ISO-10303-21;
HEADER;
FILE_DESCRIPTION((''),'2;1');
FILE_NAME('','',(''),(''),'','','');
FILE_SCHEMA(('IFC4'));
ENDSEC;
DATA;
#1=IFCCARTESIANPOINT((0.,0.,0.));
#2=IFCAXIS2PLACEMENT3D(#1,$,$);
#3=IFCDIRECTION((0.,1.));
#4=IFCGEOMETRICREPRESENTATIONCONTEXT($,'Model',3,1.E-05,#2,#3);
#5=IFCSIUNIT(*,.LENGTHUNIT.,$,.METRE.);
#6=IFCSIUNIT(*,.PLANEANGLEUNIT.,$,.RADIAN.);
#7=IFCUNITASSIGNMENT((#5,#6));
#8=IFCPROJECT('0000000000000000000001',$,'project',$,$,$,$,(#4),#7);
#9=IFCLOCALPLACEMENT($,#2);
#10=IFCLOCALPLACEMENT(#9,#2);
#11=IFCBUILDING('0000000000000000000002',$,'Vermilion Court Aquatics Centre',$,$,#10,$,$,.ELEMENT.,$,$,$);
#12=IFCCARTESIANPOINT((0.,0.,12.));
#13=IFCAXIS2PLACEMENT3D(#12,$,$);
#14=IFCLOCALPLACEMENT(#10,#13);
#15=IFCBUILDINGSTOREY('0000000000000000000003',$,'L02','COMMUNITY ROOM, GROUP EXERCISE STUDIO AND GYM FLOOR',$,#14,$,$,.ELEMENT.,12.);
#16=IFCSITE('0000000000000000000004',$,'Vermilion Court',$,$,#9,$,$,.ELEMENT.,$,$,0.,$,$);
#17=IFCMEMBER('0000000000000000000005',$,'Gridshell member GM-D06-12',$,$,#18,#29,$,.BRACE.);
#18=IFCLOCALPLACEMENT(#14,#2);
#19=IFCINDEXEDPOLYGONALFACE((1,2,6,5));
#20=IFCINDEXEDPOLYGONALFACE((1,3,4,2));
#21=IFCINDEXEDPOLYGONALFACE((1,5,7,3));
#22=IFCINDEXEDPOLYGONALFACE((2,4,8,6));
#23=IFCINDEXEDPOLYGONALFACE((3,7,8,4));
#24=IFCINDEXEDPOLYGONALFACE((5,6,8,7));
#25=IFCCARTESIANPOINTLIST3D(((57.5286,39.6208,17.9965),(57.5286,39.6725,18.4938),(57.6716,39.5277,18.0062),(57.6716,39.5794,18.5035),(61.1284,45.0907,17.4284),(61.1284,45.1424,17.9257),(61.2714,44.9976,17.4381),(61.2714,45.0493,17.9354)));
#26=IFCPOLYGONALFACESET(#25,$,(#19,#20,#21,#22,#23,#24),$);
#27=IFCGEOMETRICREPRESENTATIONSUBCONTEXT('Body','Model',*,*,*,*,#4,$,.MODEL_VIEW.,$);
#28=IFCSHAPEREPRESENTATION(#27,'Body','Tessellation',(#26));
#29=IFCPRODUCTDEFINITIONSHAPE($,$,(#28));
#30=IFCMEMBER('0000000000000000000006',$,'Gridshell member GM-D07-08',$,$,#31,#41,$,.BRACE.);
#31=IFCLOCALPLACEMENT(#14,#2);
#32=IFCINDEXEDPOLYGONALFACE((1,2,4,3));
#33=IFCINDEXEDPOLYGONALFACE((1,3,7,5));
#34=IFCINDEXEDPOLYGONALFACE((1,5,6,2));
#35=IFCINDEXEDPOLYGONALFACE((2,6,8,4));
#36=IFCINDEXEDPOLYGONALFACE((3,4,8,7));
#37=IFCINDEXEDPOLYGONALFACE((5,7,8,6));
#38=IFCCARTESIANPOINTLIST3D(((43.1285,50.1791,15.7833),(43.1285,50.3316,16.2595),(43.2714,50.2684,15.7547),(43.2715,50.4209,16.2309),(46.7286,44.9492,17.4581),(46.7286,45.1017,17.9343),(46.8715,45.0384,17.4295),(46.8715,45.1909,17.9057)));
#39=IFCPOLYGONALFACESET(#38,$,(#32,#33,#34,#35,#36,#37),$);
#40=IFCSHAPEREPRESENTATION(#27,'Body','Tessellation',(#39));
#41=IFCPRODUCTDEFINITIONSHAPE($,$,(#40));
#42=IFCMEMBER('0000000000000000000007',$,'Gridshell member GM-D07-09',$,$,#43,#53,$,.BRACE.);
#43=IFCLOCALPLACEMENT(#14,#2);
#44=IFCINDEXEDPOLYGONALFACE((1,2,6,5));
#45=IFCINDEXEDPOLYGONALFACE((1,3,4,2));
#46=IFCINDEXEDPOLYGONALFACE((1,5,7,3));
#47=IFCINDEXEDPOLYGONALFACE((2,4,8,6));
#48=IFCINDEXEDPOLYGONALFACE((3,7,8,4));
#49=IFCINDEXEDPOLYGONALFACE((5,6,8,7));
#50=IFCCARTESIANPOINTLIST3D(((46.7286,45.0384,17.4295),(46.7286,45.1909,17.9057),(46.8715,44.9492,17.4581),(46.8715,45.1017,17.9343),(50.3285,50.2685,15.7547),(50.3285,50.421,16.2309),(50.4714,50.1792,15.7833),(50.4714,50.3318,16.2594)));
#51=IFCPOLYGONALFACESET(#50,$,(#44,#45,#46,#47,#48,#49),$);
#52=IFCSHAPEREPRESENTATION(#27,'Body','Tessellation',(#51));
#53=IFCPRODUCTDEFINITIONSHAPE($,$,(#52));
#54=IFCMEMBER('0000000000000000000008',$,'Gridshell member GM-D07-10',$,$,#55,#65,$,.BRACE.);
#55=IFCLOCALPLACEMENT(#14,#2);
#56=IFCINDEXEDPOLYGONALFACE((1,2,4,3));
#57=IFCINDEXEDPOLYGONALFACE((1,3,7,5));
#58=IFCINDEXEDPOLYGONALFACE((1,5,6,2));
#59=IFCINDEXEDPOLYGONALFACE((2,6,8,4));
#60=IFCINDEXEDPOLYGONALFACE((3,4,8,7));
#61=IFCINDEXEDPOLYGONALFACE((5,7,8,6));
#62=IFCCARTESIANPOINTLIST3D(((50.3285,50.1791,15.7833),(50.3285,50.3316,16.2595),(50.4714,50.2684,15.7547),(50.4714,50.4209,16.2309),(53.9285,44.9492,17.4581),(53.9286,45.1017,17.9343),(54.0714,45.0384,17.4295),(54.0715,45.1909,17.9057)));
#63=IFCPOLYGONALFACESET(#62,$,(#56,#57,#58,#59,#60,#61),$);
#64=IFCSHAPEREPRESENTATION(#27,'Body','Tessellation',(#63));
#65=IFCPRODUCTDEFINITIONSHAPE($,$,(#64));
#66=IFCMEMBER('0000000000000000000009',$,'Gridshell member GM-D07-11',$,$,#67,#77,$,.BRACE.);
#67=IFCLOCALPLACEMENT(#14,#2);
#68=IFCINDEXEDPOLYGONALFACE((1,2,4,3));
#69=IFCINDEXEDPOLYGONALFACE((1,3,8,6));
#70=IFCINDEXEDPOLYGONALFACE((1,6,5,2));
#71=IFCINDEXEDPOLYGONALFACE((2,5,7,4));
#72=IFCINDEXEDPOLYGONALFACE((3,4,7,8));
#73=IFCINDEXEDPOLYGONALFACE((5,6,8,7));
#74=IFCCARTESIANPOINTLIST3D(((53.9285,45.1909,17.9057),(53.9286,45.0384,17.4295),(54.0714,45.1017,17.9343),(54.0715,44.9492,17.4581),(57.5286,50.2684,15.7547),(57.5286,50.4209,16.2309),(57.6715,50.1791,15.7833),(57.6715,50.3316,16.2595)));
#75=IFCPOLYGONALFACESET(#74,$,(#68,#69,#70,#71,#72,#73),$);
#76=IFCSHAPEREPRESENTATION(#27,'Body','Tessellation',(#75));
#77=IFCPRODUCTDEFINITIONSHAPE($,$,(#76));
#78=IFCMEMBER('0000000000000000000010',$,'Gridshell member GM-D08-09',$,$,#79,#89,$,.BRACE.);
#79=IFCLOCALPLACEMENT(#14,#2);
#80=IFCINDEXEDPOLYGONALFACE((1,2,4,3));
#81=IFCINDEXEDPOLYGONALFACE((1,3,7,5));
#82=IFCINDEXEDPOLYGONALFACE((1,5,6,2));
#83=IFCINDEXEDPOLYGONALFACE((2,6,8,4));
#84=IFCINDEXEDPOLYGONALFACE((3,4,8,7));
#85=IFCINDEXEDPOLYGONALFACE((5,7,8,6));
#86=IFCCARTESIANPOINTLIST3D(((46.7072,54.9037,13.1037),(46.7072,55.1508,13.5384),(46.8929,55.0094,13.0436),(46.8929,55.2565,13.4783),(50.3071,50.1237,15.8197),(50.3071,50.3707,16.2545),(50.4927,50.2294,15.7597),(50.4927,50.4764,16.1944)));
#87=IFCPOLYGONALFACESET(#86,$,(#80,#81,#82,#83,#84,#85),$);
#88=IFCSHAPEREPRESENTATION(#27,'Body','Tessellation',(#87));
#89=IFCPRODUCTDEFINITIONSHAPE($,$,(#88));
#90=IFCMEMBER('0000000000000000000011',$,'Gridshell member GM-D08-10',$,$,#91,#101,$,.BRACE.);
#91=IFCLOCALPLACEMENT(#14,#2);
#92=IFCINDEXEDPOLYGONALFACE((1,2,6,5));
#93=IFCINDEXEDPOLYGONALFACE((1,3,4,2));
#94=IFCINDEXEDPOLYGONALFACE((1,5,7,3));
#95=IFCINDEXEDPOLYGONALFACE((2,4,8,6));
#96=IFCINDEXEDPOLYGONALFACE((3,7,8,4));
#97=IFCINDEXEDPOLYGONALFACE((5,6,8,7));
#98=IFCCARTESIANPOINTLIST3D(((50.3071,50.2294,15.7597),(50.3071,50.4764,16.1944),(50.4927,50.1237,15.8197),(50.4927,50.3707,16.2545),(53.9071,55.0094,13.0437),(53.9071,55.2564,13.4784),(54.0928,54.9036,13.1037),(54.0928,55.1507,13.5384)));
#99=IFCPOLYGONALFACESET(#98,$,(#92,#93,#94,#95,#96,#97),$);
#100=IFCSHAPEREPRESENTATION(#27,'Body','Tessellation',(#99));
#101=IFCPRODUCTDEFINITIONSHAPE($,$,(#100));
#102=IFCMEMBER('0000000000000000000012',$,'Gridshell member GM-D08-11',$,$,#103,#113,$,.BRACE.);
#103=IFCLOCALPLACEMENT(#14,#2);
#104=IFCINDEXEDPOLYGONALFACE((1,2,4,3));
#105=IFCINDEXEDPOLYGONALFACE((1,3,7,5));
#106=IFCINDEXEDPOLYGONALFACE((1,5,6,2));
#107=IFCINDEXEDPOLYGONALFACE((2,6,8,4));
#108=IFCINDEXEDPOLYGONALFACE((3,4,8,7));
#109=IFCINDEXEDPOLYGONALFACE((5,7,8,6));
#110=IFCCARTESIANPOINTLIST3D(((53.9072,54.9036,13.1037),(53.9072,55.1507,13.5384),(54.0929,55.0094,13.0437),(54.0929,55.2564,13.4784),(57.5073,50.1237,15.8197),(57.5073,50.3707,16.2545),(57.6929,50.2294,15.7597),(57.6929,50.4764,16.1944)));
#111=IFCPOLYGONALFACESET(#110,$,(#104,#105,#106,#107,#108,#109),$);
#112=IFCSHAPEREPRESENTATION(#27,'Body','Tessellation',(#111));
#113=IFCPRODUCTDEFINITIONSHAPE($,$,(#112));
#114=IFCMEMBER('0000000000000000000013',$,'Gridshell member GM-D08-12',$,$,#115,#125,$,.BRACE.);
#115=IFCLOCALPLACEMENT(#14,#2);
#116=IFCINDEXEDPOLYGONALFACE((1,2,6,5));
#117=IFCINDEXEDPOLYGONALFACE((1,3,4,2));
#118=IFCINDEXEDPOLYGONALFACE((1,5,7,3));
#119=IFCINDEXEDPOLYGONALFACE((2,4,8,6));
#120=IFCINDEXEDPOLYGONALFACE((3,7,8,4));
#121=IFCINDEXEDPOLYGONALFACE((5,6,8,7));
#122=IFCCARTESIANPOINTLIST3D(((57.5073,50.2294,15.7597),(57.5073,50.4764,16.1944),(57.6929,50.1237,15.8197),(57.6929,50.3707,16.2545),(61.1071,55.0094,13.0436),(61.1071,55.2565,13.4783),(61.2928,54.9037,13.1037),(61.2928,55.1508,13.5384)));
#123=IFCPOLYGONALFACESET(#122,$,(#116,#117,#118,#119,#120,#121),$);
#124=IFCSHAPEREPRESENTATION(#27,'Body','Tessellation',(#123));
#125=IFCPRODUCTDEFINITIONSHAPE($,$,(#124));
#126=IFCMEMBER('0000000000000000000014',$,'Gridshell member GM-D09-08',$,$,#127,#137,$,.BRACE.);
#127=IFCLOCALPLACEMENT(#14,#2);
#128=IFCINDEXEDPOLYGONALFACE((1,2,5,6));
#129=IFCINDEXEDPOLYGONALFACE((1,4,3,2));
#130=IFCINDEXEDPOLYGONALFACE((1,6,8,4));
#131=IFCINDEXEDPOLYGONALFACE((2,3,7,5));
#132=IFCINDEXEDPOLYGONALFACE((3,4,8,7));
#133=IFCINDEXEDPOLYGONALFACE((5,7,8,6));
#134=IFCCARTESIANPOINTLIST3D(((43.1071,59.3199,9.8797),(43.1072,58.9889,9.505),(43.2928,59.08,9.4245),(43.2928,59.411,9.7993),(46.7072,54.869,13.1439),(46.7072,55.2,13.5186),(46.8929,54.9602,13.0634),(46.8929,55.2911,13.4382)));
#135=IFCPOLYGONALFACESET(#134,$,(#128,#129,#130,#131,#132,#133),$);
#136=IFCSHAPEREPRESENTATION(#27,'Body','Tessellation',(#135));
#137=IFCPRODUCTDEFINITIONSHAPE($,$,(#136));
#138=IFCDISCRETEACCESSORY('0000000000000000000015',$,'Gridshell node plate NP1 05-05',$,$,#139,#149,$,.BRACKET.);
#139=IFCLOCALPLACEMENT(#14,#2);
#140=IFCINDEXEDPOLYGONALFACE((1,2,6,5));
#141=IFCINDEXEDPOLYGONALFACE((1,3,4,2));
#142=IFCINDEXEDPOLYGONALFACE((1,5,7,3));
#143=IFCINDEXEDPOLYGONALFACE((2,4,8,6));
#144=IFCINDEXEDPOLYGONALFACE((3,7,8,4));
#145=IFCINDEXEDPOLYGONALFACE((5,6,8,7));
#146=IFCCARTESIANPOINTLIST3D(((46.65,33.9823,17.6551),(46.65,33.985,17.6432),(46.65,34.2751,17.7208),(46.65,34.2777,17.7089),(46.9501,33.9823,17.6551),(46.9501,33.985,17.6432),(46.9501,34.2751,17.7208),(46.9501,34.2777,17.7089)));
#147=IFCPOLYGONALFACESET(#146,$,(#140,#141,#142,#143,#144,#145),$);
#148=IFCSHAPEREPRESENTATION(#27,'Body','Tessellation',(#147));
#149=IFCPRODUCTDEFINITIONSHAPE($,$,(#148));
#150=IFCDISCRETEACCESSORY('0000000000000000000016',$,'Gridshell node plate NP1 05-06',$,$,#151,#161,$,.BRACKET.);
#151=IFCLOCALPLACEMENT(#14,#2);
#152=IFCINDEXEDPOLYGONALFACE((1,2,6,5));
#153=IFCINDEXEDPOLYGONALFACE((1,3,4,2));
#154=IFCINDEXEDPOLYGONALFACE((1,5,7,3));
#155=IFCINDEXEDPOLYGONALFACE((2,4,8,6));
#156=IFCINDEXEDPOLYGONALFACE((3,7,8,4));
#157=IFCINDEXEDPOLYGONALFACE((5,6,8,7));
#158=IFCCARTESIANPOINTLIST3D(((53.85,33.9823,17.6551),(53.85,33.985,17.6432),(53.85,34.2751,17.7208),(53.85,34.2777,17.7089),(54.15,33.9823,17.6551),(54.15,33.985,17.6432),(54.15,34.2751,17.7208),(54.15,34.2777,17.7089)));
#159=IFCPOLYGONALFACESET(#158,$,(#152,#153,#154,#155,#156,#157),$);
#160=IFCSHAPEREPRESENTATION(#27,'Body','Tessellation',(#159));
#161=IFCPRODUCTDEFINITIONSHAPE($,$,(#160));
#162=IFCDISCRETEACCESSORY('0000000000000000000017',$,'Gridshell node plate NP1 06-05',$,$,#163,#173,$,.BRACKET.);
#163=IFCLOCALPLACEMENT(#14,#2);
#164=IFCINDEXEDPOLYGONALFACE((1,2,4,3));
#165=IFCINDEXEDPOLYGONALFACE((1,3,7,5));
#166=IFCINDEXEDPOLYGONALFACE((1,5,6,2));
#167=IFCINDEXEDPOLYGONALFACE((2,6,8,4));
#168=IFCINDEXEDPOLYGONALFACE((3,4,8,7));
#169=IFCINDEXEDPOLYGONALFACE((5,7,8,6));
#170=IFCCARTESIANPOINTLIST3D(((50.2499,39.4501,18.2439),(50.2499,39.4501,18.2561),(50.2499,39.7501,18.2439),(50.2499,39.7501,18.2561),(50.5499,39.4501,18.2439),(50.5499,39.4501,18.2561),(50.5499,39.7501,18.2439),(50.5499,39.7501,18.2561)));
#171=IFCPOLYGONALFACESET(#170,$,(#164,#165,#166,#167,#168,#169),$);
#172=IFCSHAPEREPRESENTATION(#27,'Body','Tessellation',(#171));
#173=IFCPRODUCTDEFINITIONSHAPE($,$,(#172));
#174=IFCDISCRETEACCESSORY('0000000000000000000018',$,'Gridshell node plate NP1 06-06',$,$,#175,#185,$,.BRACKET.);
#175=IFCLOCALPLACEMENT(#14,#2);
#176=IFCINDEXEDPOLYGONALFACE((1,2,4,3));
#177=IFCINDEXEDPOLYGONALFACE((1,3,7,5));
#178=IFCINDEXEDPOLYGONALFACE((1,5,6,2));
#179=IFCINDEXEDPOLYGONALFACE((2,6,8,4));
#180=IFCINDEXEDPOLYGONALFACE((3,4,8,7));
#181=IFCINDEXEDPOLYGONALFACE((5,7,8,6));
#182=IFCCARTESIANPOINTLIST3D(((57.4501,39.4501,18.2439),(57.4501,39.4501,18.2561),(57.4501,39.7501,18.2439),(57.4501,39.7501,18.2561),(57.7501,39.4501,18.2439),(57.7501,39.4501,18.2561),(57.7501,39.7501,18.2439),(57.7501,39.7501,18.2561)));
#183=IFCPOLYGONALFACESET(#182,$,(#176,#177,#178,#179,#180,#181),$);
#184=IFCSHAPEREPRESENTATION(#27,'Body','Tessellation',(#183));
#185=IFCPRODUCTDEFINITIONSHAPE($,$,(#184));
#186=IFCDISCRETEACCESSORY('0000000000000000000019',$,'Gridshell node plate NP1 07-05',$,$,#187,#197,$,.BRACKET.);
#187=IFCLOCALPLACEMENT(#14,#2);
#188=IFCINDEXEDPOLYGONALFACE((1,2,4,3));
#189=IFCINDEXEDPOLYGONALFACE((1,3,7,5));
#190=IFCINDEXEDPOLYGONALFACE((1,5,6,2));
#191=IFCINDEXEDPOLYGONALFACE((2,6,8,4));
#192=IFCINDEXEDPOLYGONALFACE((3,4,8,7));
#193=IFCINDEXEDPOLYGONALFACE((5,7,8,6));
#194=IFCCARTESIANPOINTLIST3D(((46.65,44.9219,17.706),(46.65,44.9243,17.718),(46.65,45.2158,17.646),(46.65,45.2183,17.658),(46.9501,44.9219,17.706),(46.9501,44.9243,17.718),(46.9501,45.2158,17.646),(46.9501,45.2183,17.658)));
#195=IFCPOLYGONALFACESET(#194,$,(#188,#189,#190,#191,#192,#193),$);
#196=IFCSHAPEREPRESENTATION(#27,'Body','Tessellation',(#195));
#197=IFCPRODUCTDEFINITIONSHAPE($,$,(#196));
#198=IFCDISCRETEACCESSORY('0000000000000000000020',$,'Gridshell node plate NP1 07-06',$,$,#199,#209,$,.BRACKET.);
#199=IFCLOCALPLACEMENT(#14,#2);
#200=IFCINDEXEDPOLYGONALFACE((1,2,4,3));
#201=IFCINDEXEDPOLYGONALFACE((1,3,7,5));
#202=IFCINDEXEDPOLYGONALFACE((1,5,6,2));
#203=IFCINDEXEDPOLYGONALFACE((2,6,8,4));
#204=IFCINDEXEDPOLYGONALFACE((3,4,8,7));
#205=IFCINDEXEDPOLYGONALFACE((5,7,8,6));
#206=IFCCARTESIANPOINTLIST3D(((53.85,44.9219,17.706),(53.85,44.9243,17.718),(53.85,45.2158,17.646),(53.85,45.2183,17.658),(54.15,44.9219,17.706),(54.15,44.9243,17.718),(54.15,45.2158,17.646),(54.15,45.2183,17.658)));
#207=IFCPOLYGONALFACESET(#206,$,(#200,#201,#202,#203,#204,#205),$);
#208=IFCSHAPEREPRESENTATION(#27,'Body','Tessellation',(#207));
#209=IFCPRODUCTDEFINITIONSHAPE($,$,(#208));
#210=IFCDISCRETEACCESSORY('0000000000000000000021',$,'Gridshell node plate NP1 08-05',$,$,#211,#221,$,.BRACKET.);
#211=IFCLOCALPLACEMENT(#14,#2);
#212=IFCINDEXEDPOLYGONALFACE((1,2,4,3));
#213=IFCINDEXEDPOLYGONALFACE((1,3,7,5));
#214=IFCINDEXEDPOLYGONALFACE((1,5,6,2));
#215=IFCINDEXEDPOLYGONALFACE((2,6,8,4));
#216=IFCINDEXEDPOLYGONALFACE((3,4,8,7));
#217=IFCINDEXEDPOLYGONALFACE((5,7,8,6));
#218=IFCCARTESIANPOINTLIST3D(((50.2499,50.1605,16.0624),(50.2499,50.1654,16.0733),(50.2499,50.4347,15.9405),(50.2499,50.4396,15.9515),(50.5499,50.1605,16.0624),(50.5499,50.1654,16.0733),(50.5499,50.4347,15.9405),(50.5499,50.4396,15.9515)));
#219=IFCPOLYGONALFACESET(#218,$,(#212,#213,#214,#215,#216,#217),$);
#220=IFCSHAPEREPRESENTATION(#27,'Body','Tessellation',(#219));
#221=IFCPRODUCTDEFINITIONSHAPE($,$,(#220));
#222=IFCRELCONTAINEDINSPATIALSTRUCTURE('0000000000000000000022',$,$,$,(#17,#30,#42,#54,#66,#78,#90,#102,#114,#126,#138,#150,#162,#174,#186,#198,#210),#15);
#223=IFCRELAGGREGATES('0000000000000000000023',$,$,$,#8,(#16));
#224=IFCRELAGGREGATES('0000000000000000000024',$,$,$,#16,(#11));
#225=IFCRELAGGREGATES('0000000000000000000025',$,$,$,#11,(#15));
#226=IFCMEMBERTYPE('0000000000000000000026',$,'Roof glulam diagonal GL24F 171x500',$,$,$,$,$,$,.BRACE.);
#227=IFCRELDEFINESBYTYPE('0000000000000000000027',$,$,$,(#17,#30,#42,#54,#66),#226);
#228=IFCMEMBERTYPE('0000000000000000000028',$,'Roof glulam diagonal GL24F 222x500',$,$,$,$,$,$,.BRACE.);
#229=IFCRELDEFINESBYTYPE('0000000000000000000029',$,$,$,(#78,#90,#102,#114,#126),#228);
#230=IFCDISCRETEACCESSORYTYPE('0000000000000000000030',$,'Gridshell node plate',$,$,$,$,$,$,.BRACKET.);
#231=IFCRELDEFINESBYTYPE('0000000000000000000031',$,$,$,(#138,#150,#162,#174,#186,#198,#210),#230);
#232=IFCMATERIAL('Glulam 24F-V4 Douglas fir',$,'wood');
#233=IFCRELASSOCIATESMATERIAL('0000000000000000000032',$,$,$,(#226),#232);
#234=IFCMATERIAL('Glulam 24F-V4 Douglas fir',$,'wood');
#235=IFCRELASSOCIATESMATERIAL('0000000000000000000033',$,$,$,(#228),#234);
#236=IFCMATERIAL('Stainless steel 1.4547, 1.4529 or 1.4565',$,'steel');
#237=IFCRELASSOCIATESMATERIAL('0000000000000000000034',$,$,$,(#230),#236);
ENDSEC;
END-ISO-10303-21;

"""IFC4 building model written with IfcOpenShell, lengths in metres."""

from ifc_helpers import new_model, si_unit, direction, frame, origin, origin_2d, place, context, subcontext, project, spatial, rectangle, extrude, material, material_profile, profile_set, type_object, element, save


model = new_model("IFC4")

# Units and contexts
model_context = context("Model", 3, precision=1e-05, world=origin(), true_north=direction((0.0, 1.0)))
body_context = subcontext(model_context, "Body", "Model", "MODEL_VIEW")
ifc_project = project(units=[si_unit("LENGTHUNIT", "METRE"), si_unit("PLANEANGLEUNIT", "RADIAN")], contexts=[model_context])

# Site, building, storey
site_placement = place(None, origin())
site = spatial("IfcSite", under=ifc_project, at=site_placement, Name="Vermilion Court", CompositionType="ELEMENT", RefElevation=0.0)
building_placement = place(site_placement, origin())
building = spatial("IfcBuilding", under=site, at=building_placement, Name="Vermilion Court Aquatics Centre", CompositionType="ELEMENT")
storey_placement = place(building_placement, frame((0.0, 0.0, 12.0)))
storey = spatial("IfcBuildingStorey", under=building, at=storey_placement, Name="L02", Description="COMMUNITY ROOM, GROUP EXERCISE STUDIO AND GYM FLOOR", CompositionType="ELEMENT", Elevation=12.0)

# Members
ifc_material_1 = material(Name="Glulam 24F-V4 Douglas fir", Category="wood")
ifc_material_profile_1 = material_profile(ifc_material_1, rectangle(XDim=0.1709, YDim=0.5, at=origin_2d()), Name="GL24F 171x500")
ifc_profile_set_1 = profile_set([ifc_material_profile_1], Name="Glulam 24F-V4 Douglas fir")
member_type_1 = type_object("IfcMemberType", Name="Roof glulam diagonal GL24F 171x500", PredefinedType="BRACE", material=ifc_profile_set_1)
member_1_placement = place(storey_placement, frame((57.6001, 39.6001, 18.25), z_axis=(0.547686, 0.832208, -0.086434), x_axis=(-0.836684, 0.54476, -0.056532)))
element("IfcMember", 1, at=member_1_placement, inside=storey, type_object=member_type_1, Name="Gridshell member GM-D06-12", PredefinedType="BRACE", context=body_context, shape_type="SweptSolid", body=[
    extrude(rectangle(XDim=0.1709, YDim=0.5, at=origin_2d()), origin(), (0.0, 0.0, 1.0), 6.5728),
])
for number, where, z_axis, x_axis, name in (
    (2, (46.8, 45.0701, 17.6819), (-0.548256, 0.796469, -0.255055), (-0.836311, -0.522113, 0.167278), "Gridshell member GM-D07-08"),
    (3, (46.8, 45.0701, 17.6819), (0.54823, 0.796485, -0.25506), (-0.836328, 0.522086, -0.167278), "Gridshell member GM-D07-09"),
    (4, (54.0, 45.0701, 17.6819), (-0.548256, 0.796469, -0.255055), (-0.836311, -0.522113, 0.167278), "Gridshell member GM-D07-10"),
    (5, (54.0, 45.0701, 17.6819), (0.548256, 0.796469, -0.255055), (-0.836311, 0.522113, -0.167278), "Gridshell member GM-D07-11"),
):
    element("IfcMember", number, at=place(storey_placement, frame(where, z_axis=z_axis, x_axis=x_axis)), inside=storey, type_object=member_type_1, Name=name, PredefinedType="BRACE", context=body_context, shape_type="SweptSolid", body=[
        extrude(rectangle(XDim=0.1709, YDim=0.5, at=origin_2d()), origin(), (0.0, 0.0, 1.0), 6.5664),
    ])
ifc_material_2 = material(Name="Glulam 24F-V4 Douglas fir", Category="wood")
ifc_material_profile_2 = material_profile(ifc_material_2, rectangle(XDim=0.2219, YDim=0.5, at=origin_2d()), Name="GL24F 222x500")
ifc_profile_set_2 = profile_set([ifc_material_profile_2], Name="Glulam 24F-V4 Douglas fir")
member_type_2 = type_object("IfcMemberType", Name="Roof glulam diagonal GL24F 222x500", PredefinedType="BRACE", material=ifc_profile_set_2)
for number, where, z_axis, x_axis, name in (
    (6, (50.3999, 50.3, 16.0071), (-0.547798, 0.727388, -0.41331), (-0.836611, -0.476285, 0.27062), "Gridshell member GM-D08-09"),
    (7, (50.3999, 50.3, 16.0071), (0.547824, 0.727373, -0.413301), (-0.836594, 0.476314, -0.270621), "Gridshell member GM-D08-10"),
    (8, (57.6001, 50.3, 16.0071), (-0.547824, 0.727373, -0.413301), (-0.836594, -0.476314, 0.270621), "Gridshell member GM-D08-11"),
    (9, (57.6001, 50.3, 16.0071), (0.547798, 0.727388, -0.41331), (-0.836611, 0.476285, -0.27062), "Gridshell member GM-D08-12"),
):
    element("IfcMember", number, at=place(storey_placement, frame(where, z_axis=z_axis, x_axis=x_axis)), inside=storey, type_object=member_type_2, Name=name, PredefinedType="BRACE", context=body_context, shape_type="SweptSolid", body=[
        extrude(rectangle(XDim=0.2219, YDim=0.5, at=origin_2d()), origin(), (0.0, 0.0, 1.0), 6.5715),
    ])
member_2_placement = place(storey_placement, frame((46.8, 55.0801, 13.291), z_axis=(-0.547891, 0.626995, -0.553799), x_axis=(-0.83655, -0.410685, 0.362661)))
element("IfcMember", 10, at=member_2_placement, inside=storey, type_object=member_type_2, Name="Gridshell member GM-D09-08", PredefinedType="BRACE", context=body_context, shape_type="SweptSolid", body=[
    extrude(rectangle(XDim=0.2219, YDim=0.5, at=origin_2d()), origin(), (0.0, 0.0, 1.0), 6.5708),
])

# Discrete accessories
ifc_material_3 = material(Name="Stainless steel 1.4547, 1.4529 or 1.4565", Category="steel")
ifc_material_profile_3 = material_profile(ifc_material_3, rectangle(XDim=0.3, YDim=0.3, at=origin_2d()), Name="PL 12 x 300 x 300")
ifc_profile_set_3 = profile_set([ifc_material_profile_3], Name="Stainless steel 1.4547, 1.4529 or 1.4565")
discrete_accessory_type = type_object("IfcDiscreteAccessoryType", Name="Gridshell node plate", PredefinedType="BRACKET", material=ifc_profile_set_3)
for number, where, z_axis, x_axis, name in (
    (11, (46.8, 34.1313, 17.676), (0.0, -0.219038, 0.975716), (1.0, 0.0, 0.0), "Gridshell node plate NP1 05-05"),
    (12, (54.0, 34.1313, 17.676), (0.0, -0.219038, 0.975716), (1.0, 0.0, 0.0), "Gridshell node plate NP1 05-06"),
    (13, (50.3999, 39.6001, 18.2439), (0.0, 0.0, 1.0), (1.0, 0.0, 0.0), "Gridshell node plate NP1 06-05"),
    (14, (57.6001, 39.6001, 18.2439), (0.0, 0.0, 1.0), (1.0, 0.0, 0.0), "Gridshell node plate NP1 06-06"),
    (15, (46.8, 45.0688, 17.676), (0.0, 0.19996, 0.979804), (-1.0, 0.0, 0.0), "Gridshell node plate NP1 07-05"),
    (16, (54.0, 45.0688, 17.676), (0.0, 0.19996, 0.979804), (-1.0, 0.0, 0.0), "Gridshell node plate NP1 07-06"),
):
    element("IfcDiscreteAccessory", number, at=place(storey_placement, frame(where, z_axis=z_axis, x_axis=x_axis)), inside=storey, type_object=discrete_accessory_type, Name=name, PredefinedType="BRACKET", context=body_context, shape_type="SweptSolid", body=[
        extrude(rectangle(XDim=0.3, YDim=0.3, at=origin_2d()), origin(), (0.0, 0.0, 1.0), 0.0122),
    ])
for number, where, z_axis, x_axis, name in (
    (17, (50.3999, 50.2976, 16.0015), (0.0, 0.406138, 0.913812), (-1.0, 0.0, 0.0), "Gridshell node plate NP1 08-05"),
):
    element("IfcDiscreteAccessory", number, at=place(storey_placement, frame(where, z_axis=z_axis, x_axis=x_axis)), inside=storey, type_object=discrete_accessory_type, Name=name, PredefinedType="BRACKET", context=body_context, shape_type="SweptSolid", body=[
        extrude(rectangle(XDim=0.3, YDim=0.3, at=origin_2d()), origin(), (0.0, 0.0, 1.0), 0.012),
    ])

save(model, "model.ifc")
